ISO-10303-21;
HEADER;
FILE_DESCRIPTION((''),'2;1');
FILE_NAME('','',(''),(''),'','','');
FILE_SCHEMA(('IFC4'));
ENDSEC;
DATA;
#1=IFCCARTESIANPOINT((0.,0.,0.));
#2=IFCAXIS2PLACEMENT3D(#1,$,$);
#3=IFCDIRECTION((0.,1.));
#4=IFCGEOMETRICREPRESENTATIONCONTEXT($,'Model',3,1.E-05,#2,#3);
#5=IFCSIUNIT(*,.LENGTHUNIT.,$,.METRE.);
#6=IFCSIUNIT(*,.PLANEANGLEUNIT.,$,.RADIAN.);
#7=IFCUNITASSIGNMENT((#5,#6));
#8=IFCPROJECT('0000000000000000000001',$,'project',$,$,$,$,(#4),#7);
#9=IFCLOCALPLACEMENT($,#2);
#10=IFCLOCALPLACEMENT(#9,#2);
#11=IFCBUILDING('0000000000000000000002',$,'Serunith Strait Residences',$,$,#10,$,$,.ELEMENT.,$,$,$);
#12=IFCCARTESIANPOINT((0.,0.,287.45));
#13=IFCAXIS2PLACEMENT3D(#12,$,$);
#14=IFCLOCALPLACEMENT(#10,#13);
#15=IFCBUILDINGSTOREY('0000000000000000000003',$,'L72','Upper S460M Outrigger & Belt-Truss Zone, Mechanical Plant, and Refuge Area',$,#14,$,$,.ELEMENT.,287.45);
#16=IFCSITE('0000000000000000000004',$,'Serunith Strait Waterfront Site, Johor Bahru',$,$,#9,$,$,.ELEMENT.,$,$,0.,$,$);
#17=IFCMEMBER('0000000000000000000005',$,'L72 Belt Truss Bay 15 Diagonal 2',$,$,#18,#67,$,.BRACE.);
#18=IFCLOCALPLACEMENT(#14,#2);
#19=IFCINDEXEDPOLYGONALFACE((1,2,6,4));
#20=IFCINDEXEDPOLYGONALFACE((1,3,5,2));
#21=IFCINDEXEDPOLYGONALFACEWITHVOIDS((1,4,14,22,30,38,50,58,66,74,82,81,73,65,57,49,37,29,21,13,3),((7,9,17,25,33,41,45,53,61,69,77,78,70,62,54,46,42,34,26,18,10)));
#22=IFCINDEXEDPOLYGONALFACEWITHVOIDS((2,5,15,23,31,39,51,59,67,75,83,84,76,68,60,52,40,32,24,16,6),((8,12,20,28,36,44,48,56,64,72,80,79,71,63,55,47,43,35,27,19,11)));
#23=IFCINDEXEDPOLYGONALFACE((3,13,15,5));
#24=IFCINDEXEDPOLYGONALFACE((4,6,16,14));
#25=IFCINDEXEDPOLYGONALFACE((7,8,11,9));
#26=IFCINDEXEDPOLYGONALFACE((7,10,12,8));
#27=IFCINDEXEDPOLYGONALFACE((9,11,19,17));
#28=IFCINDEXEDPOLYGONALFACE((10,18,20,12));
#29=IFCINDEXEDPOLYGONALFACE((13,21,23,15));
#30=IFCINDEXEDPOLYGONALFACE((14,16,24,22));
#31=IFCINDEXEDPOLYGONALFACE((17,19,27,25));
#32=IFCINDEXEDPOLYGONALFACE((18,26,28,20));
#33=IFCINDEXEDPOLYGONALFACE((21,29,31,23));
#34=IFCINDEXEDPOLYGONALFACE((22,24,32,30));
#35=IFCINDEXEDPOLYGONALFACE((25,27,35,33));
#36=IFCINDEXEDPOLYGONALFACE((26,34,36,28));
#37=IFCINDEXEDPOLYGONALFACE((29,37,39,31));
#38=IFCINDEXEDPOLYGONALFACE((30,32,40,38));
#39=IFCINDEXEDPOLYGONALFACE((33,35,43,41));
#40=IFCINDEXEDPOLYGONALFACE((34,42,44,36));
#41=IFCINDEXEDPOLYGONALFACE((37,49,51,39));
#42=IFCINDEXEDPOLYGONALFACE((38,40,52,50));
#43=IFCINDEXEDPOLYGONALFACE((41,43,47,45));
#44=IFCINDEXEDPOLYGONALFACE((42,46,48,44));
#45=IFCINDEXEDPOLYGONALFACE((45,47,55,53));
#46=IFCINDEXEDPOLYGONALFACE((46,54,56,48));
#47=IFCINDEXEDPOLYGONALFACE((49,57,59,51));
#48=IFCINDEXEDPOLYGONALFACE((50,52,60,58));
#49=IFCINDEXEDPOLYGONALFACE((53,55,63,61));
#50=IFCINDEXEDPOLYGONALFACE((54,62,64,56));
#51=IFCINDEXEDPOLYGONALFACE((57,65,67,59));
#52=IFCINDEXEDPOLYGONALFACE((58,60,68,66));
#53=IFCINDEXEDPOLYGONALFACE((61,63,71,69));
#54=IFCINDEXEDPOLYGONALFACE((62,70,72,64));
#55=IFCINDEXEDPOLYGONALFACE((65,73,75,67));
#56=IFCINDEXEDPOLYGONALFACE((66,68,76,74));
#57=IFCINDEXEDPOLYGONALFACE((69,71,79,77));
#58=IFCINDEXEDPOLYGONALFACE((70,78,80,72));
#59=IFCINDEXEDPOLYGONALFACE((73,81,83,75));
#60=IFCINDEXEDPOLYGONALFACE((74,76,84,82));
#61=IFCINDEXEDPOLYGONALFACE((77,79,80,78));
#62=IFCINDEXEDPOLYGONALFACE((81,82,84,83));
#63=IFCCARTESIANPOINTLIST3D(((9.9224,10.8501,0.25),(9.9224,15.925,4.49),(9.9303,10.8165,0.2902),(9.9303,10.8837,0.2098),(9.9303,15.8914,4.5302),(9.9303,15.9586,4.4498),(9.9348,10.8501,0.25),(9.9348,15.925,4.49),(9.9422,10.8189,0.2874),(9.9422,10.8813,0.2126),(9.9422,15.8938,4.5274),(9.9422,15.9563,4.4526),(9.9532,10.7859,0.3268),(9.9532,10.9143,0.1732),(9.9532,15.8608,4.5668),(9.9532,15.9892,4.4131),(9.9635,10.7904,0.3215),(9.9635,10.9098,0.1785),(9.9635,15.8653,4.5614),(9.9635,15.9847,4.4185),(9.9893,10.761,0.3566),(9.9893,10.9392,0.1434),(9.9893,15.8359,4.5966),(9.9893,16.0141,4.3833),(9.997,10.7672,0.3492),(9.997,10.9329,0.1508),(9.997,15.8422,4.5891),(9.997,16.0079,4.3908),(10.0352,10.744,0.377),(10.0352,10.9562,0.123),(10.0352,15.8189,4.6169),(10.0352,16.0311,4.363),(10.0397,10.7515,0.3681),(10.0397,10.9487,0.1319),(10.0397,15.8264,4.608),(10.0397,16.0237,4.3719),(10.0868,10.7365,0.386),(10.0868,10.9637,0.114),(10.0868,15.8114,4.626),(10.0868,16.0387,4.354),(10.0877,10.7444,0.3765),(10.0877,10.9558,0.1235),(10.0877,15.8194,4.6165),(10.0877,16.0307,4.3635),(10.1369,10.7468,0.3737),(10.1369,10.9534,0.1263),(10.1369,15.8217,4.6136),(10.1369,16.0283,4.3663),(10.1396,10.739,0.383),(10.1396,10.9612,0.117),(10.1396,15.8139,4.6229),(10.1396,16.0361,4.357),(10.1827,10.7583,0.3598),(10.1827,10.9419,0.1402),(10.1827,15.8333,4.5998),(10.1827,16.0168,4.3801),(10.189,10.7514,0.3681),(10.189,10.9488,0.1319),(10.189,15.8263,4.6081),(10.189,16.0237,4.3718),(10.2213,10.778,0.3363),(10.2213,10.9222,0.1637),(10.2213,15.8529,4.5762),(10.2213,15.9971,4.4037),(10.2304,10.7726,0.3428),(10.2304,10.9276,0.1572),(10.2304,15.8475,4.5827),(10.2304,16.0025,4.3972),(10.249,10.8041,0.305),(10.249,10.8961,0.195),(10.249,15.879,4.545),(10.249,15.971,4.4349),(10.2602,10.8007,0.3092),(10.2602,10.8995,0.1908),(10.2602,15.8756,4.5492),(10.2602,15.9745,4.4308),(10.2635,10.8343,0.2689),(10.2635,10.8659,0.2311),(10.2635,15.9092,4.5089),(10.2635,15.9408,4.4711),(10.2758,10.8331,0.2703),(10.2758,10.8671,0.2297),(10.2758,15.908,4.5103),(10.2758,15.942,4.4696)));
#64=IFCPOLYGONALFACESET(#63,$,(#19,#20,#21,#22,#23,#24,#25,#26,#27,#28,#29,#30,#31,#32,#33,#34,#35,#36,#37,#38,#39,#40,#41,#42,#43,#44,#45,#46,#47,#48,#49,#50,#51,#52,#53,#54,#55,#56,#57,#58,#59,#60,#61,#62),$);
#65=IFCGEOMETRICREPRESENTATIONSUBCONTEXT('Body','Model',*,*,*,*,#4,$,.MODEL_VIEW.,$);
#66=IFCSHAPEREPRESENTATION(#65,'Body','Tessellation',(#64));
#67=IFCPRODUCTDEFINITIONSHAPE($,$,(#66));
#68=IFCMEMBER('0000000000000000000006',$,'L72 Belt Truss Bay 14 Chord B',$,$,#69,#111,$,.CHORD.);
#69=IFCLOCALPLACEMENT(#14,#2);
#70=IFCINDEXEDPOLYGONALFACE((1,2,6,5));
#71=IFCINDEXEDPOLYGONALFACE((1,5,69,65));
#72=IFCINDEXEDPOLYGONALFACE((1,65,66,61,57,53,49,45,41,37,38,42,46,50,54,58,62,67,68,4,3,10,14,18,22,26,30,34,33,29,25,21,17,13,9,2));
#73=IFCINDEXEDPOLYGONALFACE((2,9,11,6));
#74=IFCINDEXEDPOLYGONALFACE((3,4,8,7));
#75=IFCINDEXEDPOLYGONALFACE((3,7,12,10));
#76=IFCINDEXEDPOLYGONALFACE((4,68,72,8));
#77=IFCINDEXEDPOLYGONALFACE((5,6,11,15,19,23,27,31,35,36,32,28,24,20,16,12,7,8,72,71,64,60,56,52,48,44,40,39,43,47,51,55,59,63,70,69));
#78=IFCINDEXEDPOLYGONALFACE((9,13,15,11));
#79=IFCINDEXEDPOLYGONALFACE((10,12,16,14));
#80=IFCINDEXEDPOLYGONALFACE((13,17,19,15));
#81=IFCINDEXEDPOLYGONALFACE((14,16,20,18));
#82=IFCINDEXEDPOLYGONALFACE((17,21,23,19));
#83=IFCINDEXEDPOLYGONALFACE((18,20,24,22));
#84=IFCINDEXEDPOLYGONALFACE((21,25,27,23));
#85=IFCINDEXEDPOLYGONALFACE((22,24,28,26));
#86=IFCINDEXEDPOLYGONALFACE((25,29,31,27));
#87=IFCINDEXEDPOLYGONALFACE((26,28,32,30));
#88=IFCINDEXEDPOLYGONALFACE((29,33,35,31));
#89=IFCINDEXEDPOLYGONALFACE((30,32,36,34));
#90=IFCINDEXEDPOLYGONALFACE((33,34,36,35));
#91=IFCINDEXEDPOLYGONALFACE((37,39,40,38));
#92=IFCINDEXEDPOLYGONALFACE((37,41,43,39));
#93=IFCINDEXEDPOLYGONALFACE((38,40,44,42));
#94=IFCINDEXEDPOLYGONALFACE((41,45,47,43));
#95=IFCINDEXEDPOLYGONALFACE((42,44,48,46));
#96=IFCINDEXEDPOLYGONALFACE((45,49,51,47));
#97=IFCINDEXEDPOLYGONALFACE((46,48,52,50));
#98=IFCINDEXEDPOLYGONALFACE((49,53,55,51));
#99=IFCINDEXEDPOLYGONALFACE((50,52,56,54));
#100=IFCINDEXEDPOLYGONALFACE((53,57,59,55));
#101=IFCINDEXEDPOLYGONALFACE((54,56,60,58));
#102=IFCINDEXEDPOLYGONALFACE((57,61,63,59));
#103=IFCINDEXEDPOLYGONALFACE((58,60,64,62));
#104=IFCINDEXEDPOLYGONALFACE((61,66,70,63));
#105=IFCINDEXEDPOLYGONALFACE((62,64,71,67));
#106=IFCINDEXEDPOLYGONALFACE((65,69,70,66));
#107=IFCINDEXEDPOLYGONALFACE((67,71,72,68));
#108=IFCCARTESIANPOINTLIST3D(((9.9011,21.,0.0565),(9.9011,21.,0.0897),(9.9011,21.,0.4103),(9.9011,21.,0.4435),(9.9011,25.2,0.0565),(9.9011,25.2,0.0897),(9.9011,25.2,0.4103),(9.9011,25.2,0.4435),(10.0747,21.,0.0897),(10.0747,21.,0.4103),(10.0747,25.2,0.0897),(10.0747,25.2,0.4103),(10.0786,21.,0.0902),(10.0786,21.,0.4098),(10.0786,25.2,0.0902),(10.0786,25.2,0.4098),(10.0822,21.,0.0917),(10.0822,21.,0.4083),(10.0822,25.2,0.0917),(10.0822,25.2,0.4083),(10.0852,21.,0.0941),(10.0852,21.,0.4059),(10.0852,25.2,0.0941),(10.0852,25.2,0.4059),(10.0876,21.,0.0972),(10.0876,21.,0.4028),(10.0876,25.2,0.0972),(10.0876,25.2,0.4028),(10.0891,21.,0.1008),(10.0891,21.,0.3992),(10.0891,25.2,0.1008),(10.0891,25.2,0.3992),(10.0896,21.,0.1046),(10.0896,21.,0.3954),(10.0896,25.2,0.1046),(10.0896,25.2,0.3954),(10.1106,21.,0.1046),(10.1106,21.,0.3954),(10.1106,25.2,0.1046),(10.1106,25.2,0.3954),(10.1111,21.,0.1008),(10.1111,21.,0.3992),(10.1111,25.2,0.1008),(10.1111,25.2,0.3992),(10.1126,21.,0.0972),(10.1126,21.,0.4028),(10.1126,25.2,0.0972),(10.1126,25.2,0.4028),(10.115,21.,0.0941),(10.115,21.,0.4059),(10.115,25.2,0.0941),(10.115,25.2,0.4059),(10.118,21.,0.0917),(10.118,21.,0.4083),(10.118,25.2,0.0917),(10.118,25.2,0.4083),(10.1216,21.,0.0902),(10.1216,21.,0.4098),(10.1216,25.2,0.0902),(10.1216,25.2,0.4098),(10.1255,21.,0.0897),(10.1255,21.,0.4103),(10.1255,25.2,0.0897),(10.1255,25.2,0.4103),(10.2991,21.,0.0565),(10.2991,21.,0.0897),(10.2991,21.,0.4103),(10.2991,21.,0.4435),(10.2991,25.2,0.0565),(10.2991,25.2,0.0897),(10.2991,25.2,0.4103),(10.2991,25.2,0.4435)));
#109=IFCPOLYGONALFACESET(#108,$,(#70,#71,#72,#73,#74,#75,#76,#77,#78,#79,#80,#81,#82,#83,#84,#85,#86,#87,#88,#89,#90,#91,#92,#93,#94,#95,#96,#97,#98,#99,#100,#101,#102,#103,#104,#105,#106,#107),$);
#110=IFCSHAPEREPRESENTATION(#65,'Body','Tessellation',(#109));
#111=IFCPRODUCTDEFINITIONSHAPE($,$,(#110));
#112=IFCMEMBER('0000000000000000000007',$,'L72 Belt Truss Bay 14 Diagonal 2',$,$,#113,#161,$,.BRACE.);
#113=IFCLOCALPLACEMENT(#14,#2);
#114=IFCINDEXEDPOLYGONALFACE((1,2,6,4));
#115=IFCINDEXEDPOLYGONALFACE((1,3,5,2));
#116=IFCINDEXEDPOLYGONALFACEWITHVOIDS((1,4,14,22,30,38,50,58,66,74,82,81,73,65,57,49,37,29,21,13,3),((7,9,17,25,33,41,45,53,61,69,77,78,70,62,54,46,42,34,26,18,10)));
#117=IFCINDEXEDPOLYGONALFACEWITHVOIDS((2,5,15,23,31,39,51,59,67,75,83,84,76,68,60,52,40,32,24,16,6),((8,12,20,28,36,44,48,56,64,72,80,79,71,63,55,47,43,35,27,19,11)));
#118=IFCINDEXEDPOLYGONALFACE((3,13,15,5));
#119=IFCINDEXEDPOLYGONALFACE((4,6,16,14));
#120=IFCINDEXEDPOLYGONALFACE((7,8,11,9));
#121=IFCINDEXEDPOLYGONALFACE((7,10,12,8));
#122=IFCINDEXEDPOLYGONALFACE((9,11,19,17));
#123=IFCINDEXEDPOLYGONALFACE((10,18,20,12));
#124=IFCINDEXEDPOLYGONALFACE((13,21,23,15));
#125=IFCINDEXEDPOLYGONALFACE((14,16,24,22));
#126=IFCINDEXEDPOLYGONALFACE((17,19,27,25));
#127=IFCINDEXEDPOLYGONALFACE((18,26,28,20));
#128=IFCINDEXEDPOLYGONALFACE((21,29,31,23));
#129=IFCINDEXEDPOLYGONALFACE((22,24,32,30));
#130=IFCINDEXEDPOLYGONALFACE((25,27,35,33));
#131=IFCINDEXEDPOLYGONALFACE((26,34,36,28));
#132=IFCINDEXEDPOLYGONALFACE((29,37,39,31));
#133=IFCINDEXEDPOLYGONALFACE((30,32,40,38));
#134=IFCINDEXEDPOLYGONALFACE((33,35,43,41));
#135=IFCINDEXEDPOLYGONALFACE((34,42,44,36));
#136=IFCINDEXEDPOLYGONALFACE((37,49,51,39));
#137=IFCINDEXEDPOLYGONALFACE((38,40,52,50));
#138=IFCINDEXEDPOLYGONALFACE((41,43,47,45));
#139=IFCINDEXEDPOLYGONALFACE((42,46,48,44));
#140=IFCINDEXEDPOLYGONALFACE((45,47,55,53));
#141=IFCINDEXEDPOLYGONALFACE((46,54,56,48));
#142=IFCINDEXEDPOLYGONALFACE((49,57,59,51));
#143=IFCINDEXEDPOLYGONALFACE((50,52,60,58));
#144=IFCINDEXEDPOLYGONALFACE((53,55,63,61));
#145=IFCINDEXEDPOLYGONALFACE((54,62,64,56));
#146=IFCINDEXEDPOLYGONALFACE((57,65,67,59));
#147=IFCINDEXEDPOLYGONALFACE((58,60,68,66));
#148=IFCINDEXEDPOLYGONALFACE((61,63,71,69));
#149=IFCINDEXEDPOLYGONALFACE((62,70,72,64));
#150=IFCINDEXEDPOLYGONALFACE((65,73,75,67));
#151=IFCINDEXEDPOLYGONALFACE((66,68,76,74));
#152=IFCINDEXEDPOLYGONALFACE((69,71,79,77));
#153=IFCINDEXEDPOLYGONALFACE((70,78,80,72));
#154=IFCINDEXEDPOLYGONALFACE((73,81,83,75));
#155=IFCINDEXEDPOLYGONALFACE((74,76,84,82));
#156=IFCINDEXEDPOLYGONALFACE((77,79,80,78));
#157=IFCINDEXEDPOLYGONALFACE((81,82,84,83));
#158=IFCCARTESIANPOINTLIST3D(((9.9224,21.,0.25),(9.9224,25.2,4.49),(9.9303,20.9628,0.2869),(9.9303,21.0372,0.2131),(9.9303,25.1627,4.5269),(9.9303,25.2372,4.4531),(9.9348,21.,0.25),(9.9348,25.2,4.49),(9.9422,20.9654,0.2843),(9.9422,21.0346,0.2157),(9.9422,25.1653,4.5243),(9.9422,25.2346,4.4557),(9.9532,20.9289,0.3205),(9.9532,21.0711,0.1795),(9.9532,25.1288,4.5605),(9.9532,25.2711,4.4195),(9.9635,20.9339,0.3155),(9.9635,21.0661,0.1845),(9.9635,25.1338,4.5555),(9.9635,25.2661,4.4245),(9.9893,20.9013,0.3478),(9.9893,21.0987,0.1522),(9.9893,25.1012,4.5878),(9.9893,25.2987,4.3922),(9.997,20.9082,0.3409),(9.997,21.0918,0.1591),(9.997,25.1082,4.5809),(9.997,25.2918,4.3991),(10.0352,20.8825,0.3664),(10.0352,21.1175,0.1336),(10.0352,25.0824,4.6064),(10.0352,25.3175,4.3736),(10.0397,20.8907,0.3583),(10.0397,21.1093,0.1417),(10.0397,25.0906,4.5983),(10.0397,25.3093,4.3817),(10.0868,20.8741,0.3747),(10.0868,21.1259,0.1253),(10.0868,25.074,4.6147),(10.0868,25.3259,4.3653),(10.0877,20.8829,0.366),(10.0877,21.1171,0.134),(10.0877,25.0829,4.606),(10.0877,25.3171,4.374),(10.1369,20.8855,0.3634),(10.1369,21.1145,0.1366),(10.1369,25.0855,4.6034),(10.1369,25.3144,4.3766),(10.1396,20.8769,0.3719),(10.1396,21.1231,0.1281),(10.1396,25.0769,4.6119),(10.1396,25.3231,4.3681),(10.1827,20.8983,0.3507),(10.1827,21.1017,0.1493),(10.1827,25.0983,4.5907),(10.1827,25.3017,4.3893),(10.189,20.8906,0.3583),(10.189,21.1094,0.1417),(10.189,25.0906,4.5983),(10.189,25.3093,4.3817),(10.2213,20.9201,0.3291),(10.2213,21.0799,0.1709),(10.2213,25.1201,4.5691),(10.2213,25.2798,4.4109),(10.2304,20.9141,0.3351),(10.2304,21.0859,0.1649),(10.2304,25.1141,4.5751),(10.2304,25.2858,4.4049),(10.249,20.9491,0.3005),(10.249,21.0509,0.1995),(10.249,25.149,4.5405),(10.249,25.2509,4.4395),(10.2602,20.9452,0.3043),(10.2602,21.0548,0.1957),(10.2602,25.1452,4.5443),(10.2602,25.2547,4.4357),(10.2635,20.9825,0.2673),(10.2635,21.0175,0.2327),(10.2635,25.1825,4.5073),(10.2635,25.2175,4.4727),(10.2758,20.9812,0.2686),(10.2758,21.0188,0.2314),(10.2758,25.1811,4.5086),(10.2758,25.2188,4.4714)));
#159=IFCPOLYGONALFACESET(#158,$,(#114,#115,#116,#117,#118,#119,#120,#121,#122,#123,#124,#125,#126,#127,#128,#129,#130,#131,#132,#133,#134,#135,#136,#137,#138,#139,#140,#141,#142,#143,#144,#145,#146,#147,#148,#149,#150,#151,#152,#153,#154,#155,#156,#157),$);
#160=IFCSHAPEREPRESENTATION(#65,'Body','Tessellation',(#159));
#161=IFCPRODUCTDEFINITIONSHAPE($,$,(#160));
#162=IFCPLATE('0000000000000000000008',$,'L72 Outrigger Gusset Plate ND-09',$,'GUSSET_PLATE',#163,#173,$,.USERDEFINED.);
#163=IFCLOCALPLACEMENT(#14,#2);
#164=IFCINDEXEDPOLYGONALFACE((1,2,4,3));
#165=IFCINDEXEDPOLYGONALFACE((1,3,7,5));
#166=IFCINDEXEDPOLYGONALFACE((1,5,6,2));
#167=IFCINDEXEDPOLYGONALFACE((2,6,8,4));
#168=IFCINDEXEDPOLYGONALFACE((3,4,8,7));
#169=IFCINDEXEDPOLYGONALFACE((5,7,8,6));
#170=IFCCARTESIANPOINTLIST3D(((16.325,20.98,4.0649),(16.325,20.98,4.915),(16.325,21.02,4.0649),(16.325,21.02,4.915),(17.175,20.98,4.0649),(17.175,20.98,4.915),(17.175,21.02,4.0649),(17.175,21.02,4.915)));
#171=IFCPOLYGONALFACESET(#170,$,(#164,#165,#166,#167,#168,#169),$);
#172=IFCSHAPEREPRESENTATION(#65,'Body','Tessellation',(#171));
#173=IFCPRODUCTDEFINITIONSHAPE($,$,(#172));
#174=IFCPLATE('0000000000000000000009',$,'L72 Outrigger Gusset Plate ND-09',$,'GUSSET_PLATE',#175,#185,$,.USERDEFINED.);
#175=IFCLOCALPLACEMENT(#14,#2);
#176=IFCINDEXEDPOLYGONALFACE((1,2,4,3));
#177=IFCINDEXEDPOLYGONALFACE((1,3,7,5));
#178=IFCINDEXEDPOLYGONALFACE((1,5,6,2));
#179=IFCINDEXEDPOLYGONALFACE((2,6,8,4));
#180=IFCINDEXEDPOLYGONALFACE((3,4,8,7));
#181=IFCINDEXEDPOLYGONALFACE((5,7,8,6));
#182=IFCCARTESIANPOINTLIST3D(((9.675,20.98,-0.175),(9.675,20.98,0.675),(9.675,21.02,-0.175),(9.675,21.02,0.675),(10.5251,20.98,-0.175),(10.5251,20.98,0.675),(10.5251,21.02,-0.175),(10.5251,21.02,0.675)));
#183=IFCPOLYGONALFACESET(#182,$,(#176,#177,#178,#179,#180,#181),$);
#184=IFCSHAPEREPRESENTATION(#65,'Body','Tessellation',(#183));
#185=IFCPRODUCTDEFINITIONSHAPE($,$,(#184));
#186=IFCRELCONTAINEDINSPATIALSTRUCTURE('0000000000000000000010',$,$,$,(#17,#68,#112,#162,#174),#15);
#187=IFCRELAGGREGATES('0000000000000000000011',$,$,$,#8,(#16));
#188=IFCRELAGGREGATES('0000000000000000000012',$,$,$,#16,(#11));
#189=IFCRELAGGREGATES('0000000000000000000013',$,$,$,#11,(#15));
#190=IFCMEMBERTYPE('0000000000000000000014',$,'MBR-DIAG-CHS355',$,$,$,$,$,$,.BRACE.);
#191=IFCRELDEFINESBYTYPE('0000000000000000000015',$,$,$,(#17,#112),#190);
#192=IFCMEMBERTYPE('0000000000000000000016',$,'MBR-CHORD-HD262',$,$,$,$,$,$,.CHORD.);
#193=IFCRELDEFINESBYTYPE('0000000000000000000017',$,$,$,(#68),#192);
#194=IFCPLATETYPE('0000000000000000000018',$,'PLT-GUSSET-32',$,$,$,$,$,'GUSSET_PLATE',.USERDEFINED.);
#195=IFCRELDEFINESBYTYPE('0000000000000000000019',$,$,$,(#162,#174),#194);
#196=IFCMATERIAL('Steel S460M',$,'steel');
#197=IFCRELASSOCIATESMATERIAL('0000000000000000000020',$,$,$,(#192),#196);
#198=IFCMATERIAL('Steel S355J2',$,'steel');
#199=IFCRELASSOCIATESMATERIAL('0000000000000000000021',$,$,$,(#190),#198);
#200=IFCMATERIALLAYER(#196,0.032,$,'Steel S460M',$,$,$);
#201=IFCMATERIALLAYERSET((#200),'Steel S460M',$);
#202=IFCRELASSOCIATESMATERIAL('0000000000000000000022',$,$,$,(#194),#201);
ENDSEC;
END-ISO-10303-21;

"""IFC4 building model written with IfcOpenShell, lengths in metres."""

from ifc_helpers import new_model, si_unit, direction, frame, origin, origin_2d, place, context, subcontext, project, spatial, rectangle, hollow_circle, i_section, extrude, source, transform, mapped, material, layer, layer_set, material_profile, profile_set, type_object, element, save


model = new_model("IFC4")

# Units and contexts
model_context = context("Model", 3, precision=1e-05, world=origin(), true_north=direction((0.0, 1.0)))
body_context = subcontext(model_context, "Body", "Model", "MODEL_VIEW")
ifc_project = project(units=[si_unit("LENGTHUNIT", "METRE"), si_unit("PLANEANGLEUNIT", "RADIAN")], contexts=[model_context])

# Site, building, storey
site_placement = place(None, origin())
site = spatial("IfcSite", under=ifc_project, at=site_placement, Name="Serunith Strait Waterfront Site, Johor Bahru", CompositionType="ELEMENT", RefElevation=0.0)
building_placement = place(site_placement, origin())
building = spatial("IfcBuilding", under=site, at=building_placement, Name="Serunith Strait Residences", CompositionType="ELEMENT")
storey_placement = place(building_placement, frame((0.0, 0.0, 287.45)))
storey = spatial("IfcBuildingStorey", under=building, at=storey_placement, Name="L72", Description="Upper S460M Outrigger & Belt-Truss Zone, Mechanical Plant, and Refuge Area", CompositionType="ELEMENT", Elevation=287.45)

# Shared definitions
ifc_material_1 = material(Name="Steel S355J2", Category="steel")

# Members
ifc_material_2 = material(Name="Steel S460M", Category="steel")
ifc_material_profile_1 = material_profile(ifc_material_2, i_section(OverallWidth=0.3979, OverallDepth=0.387, WebThickness=0.021, FlangeThickness=0.0332, FilletRadius=0.0149, at=origin_2d()), Name="HD 400x262")
ifc_profile_set_1 = profile_set([ifc_material_profile_1], Name="Steel S460M")
member_type_1 = type_object("IfcMemberType", Name="MBR-CHORD-HD262", PredefinedType="CHORD", material=ifc_profile_set_1)
ifc_material_profile_2 = material_profile(ifc_material_1, hollow_circle(Radius=0.1777, WallThickness=0.0125, at=origin_2d()), Name="CHS 355.6x12.5")
ifc_profile_set_2 = profile_set([ifc_material_profile_2], Name="Steel S355J2")
member_type_2 = type_object("IfcMemberType", Name="MBR-DIAG-CHS355", PredefinedType="BRACE", material=ifc_profile_set_2)
shared_shape_1 = source(origin(), body_context, "Body", "SweptSolid", [
    extrude(hollow_circle(Radius=0.1777, WallThickness=0.0125, at=origin_2d()), origin(), (0.0, 0.0, 1.0), 6.613),
])
for number, where, z_axis, x_axis, name in (
    (1, (10.1001, 10.8501, 0.25), (0.0, 0.767413, 0.641153), (-1.0, 0.0, 0.0), "L72 Belt Truss Bay 15 Diagonal 2"),
):
    element("IfcMember", number, at=place(storey_placement, frame(where, z_axis=z_axis, x_axis=x_axis)), inside=storey, type_object=member_type_2, Name=name, PredefinedType="BRACE", context=body_context, shape_type="MappedRepresentation", body=[
        mapped(shared_shape_1, transform((0.0, 0.0, 0.0), scale=1.0)),
    ])
shared_shape_2 = source(origin(), body_context, "Body", "SweptSolid", [
    extrude(i_section(OverallWidth=0.3979, OverallDepth=0.387, WebThickness=0.021, FlangeThickness=0.0332, FilletRadius=0.0149, at=origin_2d()), origin(), (0.0, 0.0, 1.0), 4.2),
])
member_1_placement = place(storey_placement, frame((10.1001, 25.2, 0.25), z_axis=(0.0, -1.0, 0.0), x_axis=(1.0, 0.0, 0.0)))
element("IfcMember", 2, at=member_1_placement, inside=storey, type_object=member_type_1, Name="L72 Belt Truss Bay 14 Chord B", PredefinedType="CHORD", context=body_context, shape_type="MappedRepresentation", body=[
    mapped(shared_shape_2, transform((0.0, 0.0, 0.0), scale=1.0)),
])
shared_shape_3 = source(origin(), body_context, "Body", "SweptSolid", [
    extrude(hollow_circle(Radius=0.1777, WallThickness=0.0125, at=origin_2d()), origin(), (0.0, 0.0, 1.0), 5.968),
])
member_2_placement = place(storey_placement, frame((10.1001, 21.0, 0.25), z_axis=(0.0, 0.703744, 0.710453), x_axis=(-1.0, 0.0, 0.0)))
element("IfcMember", 3, at=member_2_placement, inside=storey, type_object=member_type_2, Name="L72 Belt Truss Bay 14 Diagonal 2", PredefinedType="BRACE", context=body_context, shape_type="MappedRepresentation", body=[
    mapped(shared_shape_3, transform((0.0, 0.0, 0.0), scale=1.0)),
])

# Plates
ifc_layer_1 = layer(ifc_material_2, 0.032, Name="Steel S460M")
ifc_layer_set_1 = layer_set([ifc_layer_1], Name="Steel S460M")
plate_type_1 = type_object("IfcPlateType", Name="PLT-GUSSET-32", ElementType="GUSSET_PLATE", PredefinedType="USERDEFINED", material=ifc_layer_set_1)
shared_shape_4 = source(origin(), body_context, "Body", "SweptSolid", [
    extrude(rectangle(XDim=0.8501, YDim=0.04, at=origin_2d()), origin(), (0.0, 0.0, 1.0), 0.8501),
])
for number, where, z_axis, x_axis, name in (
    (4, (16.75, 21.0, 4.0649), (0.0, 0.0, 1.0), (-1.0, 0.0, 0.0), "L72 Outrigger Gusset Plate ND-09"),
    (5, (10.1001, 21.0, -0.175), (0.0, 0.0, 1.0), (-1.0, 0.0, 0.0), "L72 Outrigger Gusset Plate ND-09"),
):
    element("IfcPlate", number, at=place(storey_placement, frame(where, z_axis=z_axis, x_axis=x_axis)), inside=storey, type_object=plate_type_1, Name=name, ObjectType="GUSSET_PLATE", PredefinedType="USERDEFINED", context=body_context, shape_type="MappedRepresentation", body=[
        mapped(shared_shape_4, transform((0.0, 0.0, 0.0), scale=1.0)),
    ])

save(model, "model.ifc")
